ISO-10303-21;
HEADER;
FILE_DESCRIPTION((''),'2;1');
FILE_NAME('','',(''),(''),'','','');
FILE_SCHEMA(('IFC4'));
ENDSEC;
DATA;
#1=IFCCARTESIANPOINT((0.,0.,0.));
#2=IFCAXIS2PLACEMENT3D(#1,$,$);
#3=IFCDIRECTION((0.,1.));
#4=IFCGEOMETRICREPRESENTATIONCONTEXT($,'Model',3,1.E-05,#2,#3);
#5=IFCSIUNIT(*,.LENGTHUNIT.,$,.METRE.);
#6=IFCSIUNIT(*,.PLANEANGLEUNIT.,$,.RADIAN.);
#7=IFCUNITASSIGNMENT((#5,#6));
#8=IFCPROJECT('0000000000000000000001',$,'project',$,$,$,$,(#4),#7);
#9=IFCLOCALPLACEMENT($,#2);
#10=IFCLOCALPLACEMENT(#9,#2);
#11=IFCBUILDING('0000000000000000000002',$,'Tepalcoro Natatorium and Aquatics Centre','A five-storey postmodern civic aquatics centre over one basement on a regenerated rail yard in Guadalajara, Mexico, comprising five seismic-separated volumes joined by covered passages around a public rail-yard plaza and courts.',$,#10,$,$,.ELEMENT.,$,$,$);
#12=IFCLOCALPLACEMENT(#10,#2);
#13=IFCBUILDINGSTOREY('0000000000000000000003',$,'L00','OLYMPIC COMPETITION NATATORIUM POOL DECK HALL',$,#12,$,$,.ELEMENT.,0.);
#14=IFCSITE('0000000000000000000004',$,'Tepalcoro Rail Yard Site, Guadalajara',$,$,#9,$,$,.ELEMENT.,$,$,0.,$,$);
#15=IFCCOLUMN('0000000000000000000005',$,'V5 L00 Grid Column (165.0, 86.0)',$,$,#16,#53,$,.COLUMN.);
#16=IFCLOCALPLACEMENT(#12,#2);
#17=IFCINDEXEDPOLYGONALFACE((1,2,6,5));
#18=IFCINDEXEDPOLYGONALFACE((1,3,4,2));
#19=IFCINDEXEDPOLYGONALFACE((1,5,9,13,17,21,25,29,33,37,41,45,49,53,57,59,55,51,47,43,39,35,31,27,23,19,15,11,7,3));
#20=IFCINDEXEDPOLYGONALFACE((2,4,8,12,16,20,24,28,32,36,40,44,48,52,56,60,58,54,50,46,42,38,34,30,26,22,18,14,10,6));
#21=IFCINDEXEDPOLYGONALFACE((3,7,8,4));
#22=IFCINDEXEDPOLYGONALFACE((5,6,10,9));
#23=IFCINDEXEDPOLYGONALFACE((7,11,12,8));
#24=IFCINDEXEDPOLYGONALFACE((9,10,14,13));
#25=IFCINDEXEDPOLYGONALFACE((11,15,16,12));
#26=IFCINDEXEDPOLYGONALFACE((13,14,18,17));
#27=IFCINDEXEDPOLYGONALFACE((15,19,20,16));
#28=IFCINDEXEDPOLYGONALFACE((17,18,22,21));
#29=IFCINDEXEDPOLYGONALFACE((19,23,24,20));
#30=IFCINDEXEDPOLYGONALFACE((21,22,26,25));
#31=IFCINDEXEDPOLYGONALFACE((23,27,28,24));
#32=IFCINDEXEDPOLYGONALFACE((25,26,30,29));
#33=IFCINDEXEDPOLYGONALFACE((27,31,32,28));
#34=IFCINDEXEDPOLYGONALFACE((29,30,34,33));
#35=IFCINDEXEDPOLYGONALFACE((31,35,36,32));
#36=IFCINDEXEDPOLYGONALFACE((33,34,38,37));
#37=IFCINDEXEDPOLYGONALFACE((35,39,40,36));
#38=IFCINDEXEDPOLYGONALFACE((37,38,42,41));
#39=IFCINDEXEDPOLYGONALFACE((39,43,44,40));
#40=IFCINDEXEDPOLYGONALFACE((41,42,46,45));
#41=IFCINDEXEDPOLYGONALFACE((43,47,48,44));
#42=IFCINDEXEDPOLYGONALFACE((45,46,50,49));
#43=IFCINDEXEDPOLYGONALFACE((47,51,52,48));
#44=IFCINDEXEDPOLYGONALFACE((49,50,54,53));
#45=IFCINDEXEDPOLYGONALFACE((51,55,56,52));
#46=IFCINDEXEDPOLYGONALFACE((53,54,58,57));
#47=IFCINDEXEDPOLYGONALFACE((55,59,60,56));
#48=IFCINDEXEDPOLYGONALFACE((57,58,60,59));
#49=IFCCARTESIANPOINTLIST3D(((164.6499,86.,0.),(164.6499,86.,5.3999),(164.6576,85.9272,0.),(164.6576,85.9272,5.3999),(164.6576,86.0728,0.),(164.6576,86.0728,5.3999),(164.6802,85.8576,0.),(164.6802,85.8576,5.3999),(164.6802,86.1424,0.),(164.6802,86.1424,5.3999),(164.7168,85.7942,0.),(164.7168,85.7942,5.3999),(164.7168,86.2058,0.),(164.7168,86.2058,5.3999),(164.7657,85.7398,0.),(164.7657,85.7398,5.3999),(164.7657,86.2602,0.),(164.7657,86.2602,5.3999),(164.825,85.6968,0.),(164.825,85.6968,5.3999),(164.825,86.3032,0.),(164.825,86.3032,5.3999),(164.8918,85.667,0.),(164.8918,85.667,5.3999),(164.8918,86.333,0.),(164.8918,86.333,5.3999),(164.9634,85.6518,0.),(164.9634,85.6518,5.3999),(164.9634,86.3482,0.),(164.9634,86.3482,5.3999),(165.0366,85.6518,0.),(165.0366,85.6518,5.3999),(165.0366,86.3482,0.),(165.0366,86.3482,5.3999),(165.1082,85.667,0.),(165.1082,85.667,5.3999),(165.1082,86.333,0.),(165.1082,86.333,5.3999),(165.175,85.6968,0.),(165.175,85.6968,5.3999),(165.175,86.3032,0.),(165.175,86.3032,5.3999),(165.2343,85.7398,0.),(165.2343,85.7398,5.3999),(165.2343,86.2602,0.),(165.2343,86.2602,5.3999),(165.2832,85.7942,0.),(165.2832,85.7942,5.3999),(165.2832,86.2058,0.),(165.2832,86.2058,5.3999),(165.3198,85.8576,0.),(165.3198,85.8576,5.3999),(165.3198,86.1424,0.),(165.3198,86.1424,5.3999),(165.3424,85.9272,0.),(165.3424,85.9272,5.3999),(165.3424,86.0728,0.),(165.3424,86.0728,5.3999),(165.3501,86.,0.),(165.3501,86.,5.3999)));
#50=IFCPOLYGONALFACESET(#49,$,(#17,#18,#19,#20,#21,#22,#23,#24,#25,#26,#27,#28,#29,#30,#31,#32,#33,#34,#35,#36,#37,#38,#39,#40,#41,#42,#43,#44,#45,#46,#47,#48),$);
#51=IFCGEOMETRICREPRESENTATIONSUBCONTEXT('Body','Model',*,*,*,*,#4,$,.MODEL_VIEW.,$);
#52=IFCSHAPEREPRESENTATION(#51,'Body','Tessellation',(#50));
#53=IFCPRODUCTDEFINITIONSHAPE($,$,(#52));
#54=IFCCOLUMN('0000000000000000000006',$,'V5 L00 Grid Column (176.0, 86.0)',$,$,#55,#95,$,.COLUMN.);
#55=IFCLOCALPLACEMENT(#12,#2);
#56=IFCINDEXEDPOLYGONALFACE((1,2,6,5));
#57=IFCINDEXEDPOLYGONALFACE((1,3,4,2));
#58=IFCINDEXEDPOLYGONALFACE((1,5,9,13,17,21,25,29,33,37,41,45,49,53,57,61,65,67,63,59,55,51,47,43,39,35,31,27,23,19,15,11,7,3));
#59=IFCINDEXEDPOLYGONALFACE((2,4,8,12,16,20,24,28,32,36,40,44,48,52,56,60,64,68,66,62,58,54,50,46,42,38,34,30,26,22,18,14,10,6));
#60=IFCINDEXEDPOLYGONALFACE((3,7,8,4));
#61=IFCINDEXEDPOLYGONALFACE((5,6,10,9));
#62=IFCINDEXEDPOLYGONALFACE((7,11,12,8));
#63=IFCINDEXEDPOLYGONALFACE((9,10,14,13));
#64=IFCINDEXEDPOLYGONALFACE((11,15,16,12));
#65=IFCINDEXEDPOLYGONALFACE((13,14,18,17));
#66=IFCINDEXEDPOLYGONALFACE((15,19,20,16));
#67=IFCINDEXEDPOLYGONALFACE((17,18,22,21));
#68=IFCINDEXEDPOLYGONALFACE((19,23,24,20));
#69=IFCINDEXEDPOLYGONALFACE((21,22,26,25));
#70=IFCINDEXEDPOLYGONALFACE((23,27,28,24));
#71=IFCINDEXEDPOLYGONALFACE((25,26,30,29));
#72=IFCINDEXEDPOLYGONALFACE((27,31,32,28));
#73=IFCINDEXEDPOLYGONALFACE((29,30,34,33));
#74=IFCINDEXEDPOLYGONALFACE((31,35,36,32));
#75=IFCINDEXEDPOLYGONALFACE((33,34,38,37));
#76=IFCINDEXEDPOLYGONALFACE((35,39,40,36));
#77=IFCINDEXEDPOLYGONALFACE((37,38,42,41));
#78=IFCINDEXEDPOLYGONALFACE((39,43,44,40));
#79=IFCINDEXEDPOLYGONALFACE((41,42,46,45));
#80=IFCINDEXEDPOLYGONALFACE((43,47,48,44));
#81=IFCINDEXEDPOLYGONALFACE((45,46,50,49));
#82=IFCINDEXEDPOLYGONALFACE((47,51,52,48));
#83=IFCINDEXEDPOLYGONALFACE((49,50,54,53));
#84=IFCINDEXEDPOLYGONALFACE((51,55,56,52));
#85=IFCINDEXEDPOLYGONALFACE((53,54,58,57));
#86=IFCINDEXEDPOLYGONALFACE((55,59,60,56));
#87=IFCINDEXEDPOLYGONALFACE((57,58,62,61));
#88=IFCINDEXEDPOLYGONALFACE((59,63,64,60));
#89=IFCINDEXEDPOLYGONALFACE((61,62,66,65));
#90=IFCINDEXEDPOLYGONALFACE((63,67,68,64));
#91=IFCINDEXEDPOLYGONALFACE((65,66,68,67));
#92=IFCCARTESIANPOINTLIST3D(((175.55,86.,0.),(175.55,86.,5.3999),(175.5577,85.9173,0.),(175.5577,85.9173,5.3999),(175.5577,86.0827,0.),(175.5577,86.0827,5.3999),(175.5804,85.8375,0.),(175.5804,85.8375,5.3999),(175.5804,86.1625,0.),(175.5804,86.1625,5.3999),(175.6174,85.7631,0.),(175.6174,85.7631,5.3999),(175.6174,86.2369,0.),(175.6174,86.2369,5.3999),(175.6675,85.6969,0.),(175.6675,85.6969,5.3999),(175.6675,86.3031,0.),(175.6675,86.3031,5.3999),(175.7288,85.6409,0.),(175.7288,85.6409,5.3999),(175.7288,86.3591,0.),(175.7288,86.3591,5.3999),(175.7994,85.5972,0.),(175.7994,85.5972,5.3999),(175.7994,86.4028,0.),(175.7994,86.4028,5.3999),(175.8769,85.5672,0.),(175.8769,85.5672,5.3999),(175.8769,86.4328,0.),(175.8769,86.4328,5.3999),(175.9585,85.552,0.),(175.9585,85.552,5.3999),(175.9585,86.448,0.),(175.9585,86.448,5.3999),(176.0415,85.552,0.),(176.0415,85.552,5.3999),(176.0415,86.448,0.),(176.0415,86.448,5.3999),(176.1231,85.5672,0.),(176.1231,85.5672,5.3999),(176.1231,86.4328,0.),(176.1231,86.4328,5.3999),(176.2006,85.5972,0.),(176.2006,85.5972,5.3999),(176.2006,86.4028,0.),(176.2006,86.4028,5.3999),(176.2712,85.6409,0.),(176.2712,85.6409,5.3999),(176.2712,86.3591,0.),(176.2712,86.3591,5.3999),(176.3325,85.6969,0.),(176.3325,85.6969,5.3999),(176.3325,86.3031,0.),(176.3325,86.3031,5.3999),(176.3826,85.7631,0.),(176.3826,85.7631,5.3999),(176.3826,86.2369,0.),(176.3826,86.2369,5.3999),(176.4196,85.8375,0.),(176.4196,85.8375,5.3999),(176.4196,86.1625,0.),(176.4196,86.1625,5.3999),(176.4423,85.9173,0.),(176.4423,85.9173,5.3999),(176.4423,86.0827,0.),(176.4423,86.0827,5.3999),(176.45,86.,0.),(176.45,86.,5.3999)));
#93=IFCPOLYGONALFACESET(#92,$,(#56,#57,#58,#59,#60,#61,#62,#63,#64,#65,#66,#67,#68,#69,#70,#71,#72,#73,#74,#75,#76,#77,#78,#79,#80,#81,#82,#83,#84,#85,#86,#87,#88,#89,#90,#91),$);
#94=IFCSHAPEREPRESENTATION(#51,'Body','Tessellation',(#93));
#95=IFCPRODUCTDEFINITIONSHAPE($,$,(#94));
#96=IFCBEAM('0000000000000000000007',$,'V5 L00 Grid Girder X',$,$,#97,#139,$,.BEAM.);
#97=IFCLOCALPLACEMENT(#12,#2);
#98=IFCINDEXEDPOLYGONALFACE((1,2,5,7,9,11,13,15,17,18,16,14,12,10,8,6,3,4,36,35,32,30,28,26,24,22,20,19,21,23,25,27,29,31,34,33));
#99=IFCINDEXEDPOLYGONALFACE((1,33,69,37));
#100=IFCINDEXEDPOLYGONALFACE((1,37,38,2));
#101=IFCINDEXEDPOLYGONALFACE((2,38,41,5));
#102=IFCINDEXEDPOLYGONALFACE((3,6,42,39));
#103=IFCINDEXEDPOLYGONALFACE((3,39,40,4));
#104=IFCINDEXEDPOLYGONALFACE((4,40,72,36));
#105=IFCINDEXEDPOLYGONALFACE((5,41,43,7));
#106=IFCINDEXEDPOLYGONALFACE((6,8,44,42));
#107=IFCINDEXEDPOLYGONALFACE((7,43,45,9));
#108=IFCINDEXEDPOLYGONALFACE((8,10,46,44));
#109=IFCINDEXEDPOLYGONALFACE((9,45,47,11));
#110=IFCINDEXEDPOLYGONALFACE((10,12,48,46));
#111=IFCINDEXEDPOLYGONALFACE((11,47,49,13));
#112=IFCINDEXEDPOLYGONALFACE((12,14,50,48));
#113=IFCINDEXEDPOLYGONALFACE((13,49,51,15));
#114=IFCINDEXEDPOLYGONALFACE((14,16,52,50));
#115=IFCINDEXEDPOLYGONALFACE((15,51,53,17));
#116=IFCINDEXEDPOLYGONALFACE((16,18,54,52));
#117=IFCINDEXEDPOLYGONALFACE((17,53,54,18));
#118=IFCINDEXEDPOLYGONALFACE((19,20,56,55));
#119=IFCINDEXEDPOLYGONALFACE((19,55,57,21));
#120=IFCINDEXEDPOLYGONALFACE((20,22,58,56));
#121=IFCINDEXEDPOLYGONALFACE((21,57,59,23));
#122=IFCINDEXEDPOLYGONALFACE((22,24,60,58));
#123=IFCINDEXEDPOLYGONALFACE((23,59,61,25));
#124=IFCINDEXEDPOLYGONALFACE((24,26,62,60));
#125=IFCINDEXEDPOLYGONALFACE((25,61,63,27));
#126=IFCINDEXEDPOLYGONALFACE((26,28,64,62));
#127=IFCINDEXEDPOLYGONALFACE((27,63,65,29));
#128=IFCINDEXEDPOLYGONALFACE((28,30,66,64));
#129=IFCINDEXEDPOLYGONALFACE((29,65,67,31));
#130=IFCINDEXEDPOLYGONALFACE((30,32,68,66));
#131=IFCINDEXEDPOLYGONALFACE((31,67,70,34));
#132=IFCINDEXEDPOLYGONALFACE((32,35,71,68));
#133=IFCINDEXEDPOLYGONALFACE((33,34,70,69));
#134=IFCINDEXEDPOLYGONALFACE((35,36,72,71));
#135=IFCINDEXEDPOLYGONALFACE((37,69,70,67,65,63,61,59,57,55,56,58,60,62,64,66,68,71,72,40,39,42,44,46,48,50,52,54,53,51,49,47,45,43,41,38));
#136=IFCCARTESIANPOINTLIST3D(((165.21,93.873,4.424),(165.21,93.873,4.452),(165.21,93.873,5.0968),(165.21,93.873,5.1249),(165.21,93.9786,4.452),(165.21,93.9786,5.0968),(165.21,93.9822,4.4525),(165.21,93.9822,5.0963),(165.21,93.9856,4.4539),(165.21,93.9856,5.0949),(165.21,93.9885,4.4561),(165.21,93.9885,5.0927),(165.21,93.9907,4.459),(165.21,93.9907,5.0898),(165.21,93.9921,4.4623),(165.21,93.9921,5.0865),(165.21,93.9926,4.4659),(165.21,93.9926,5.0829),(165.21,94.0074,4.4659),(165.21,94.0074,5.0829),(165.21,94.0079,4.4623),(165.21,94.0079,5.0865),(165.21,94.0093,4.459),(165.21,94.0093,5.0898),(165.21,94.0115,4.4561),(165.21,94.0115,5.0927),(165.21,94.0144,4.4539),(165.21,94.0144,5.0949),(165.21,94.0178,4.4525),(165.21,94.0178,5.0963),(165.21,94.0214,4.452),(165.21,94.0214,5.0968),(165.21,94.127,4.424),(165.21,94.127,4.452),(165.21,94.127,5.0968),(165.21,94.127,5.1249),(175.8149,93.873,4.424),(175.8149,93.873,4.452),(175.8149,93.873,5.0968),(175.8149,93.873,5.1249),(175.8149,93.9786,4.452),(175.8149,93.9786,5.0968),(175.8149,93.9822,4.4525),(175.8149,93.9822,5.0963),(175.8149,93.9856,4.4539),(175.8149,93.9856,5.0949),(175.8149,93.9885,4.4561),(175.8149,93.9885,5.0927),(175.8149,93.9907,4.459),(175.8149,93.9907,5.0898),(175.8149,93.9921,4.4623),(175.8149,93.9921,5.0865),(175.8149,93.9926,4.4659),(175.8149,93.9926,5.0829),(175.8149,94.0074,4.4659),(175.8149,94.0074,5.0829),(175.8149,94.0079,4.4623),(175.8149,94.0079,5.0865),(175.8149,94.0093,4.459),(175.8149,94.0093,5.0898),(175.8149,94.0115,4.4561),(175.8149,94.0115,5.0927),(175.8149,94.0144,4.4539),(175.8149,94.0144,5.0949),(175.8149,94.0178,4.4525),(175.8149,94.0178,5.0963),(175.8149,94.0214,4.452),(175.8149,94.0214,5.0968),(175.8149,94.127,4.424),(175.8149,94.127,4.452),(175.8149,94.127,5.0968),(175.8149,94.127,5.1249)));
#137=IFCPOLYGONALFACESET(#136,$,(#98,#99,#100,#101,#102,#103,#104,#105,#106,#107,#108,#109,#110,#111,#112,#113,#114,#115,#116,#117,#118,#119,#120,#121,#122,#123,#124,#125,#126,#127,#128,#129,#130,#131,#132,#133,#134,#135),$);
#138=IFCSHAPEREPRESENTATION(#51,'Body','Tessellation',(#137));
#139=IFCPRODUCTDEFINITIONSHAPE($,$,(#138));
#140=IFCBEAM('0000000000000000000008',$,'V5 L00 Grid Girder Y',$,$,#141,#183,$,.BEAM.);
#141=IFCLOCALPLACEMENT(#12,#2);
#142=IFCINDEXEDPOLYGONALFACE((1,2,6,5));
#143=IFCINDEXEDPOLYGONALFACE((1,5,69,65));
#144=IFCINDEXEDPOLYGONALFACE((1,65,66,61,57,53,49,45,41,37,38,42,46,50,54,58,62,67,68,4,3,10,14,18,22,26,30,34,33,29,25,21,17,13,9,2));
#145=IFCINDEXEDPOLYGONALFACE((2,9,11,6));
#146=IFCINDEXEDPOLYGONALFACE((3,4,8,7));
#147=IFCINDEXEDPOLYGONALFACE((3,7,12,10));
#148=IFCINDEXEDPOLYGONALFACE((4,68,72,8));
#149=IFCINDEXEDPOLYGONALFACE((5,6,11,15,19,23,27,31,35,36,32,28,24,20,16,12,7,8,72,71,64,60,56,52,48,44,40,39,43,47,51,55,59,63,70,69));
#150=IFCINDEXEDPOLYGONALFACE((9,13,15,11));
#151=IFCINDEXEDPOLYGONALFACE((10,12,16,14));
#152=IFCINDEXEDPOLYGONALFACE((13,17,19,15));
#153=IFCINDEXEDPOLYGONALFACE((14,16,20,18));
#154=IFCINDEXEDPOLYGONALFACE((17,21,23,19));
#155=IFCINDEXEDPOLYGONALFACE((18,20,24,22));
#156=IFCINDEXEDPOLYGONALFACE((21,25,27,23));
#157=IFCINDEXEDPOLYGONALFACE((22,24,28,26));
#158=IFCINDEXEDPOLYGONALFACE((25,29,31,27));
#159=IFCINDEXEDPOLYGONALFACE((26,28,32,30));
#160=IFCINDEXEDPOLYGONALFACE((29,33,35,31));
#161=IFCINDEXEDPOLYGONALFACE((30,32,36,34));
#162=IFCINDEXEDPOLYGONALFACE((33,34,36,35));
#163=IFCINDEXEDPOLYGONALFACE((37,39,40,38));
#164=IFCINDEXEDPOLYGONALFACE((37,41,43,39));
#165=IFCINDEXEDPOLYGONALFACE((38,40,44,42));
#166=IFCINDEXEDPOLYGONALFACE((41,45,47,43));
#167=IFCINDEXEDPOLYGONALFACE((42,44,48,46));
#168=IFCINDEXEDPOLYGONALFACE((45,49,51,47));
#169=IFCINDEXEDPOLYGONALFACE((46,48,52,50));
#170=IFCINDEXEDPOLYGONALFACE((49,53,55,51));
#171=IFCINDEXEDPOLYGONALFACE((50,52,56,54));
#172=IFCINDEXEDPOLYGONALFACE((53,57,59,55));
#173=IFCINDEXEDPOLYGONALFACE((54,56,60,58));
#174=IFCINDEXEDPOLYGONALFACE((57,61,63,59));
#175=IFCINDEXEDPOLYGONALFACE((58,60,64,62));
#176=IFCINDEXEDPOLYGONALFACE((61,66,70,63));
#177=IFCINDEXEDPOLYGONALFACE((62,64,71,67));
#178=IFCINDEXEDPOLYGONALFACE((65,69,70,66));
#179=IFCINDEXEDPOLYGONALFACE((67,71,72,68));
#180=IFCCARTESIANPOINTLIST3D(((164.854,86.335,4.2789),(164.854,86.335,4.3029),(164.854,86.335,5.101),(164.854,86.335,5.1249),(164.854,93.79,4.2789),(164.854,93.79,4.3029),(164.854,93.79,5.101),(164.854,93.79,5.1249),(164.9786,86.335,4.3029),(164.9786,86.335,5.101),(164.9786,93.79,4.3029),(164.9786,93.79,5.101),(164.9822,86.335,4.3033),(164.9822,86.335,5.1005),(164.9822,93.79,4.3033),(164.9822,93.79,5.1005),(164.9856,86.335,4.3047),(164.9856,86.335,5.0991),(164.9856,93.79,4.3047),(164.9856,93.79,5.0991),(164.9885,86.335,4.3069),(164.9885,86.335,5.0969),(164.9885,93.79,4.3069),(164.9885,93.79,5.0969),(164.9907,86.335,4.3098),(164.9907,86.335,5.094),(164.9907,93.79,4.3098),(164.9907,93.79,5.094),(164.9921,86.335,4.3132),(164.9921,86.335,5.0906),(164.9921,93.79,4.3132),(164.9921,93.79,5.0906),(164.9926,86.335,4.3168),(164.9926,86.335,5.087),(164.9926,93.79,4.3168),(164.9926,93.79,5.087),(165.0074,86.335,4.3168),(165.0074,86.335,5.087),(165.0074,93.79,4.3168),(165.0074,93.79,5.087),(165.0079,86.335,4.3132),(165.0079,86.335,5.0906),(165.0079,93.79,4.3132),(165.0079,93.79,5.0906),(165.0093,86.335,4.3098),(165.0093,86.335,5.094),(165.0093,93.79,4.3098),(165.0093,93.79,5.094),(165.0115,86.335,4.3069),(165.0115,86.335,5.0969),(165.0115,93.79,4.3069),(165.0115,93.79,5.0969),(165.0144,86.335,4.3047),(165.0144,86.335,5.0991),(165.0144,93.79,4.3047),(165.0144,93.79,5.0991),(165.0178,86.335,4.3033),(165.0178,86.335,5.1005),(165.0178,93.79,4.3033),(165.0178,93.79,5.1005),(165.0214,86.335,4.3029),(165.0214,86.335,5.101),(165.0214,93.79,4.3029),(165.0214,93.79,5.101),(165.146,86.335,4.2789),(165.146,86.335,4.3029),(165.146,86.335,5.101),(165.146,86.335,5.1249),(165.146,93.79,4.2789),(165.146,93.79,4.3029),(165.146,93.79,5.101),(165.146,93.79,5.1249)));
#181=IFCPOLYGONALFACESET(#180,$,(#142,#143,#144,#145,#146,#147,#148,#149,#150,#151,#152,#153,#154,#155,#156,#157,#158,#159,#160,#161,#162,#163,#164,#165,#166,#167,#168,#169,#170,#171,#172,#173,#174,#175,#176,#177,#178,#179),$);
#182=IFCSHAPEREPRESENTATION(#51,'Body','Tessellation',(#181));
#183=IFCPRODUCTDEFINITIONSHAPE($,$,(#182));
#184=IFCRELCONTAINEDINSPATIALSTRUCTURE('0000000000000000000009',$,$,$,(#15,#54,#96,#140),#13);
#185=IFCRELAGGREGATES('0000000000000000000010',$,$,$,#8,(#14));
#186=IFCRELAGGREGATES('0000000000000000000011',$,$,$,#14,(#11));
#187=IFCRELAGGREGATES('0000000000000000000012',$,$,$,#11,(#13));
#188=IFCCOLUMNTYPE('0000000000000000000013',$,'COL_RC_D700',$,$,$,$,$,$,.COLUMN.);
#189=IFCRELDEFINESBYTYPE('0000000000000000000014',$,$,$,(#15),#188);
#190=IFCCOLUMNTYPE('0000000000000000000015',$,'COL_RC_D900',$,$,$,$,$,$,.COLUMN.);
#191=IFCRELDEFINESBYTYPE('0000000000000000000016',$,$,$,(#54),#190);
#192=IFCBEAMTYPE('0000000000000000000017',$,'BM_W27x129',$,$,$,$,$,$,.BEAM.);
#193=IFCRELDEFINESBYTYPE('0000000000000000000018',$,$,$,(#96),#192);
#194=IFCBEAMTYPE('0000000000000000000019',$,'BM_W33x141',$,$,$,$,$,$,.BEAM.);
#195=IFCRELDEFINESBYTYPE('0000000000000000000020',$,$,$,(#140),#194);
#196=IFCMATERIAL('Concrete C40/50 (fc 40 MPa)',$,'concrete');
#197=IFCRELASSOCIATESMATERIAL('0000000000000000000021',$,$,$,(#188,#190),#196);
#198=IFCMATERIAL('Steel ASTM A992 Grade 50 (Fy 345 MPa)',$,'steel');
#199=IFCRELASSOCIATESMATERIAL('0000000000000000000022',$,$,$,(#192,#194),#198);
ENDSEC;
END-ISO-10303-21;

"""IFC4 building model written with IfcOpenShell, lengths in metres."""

from ifc_helpers import new_model, si_unit, direction, frame, origin, origin_2d, place, context, subcontext, project, spatial, circle, i_section, extrude, material, material_profile, profile_set, type_object, element, save


model = new_model("IFC4")

# Units and contexts
model_context = context("Model", 3, precision=1e-05, world=origin(), true_north=direction((0.0, 1.0)))
body_context = subcontext(model_context, "Body", "Model", "MODEL_VIEW")
ifc_project = project(units=[si_unit("LENGTHUNIT", "METRE"), si_unit("PLANEANGLEUNIT", "RADIAN")], contexts=[model_context])

# Site, building, storey
site_placement = place(None, origin())
site = spatial("IfcSite", under=ifc_project, at=site_placement, Name="Tepalcoro Rail Yard Site, Guadalajara", CompositionType="ELEMENT", RefElevation=0.0)
building_placement = place(site_placement, origin())
building = spatial("IfcBuilding", under=site, at=building_placement, Name="Tepalcoro Natatorium and Aquatics Centre", Description="A five-storey postmodern civic aquatics centre over one basement on a regenerated rail yard in Guadalajara, Mexico, comprising five seismic-separated volumes joined by covered passages around a public rail-yard plaza and courts.", CompositionType="ELEMENT")
storey_placement = place(building_placement, origin())
storey = spatial("IfcBuildingStorey", under=building, at=storey_placement, Name="L00", Description="OLYMPIC COMPETITION NATATORIUM POOL DECK HALL", CompositionType="ELEMENT", Elevation=0.0)

# Shared definitions
ifc_material_1 = material(Name="Concrete C40/50 (fc 40 MPa)", Category="concrete")

# Columns
ifc_material_profile_1 = material_profile(ifc_material_1, circle(Radius=0.3501, at=origin_2d()), Name="RCD700")
ifc_profile_set_1 = profile_set([ifc_material_profile_1], Name="Concrete C40/50 (fc 40 MPa)")
column_type_1 = type_object("IfcColumnType", Name="COL_RC_D700", PredefinedType="COLUMN", material=ifc_profile_set_1)
column_1_placement = place(storey_placement, frame((165.0, 86.0, 0.0), z_axis=(0.0, 0.0, 1.0), x_axis=(1.0, 0.0, 0.0)))
element("IfcColumn", 1, at=column_1_placement, inside=storey, type_object=column_type_1, Name="V5 L00 Grid Column (165.0, 86.0)", PredefinedType="COLUMN", context=body_context, shape_type="SweptSolid", body=[
    extrude(circle(Radius=0.3501, at=origin_2d()), origin(), (0.0, 0.0, 1.0), 5.3999),
])
ifc_material_profile_2 = material_profile(ifc_material_1, circle(Radius=0.45, at=origin_2d()), Name="RCD900")
ifc_profile_set_2 = profile_set([ifc_material_profile_2], Name="Concrete C40/50 (fc 40 MPa)")
column_type_2 = type_object("IfcColumnType", Name="COL_RC_D900", PredefinedType="COLUMN", material=ifc_profile_set_2)
column_2_placement = place(storey_placement, frame((176.0, 86.0, 0.0), z_axis=(0.0, 0.0, 1.0), x_axis=(1.0, 0.0, 0.0)))
element("IfcColumn", 2, at=column_2_placement, inside=storey, type_object=column_type_2, Name="V5 L00 Grid Column (176.0, 86.0)", PredefinedType="COLUMN", context=body_context, shape_type="SweptSolid", body=[
    extrude(circle(Radius=0.45, at=origin_2d()), origin(), (0.0, 0.0, 1.0), 5.3999),
])

# Beams
ifc_material_2 = material(Name="Steel ASTM A992 Grade 50 (Fy 345 MPa)", Category="steel")
ifc_material_profile_3 = material_profile(ifc_material_2, i_section(OverallWidth=0.2539, OverallDepth=0.7009, WebThickness=0.0149, FlangeThickness=0.0281, FilletRadius=0.0139, at=origin_2d()), Name="W27X129")
ifc_profile_set_3 = profile_set([ifc_material_profile_3], Name="Steel ASTM A992 Grade 50 (Fy 345 MPa)")
beam_type_1 = type_object("IfcBeamType", Name="BM_W27x129", PredefinedType="BEAM", material=ifc_profile_set_3)
beam_1_placement = place(storey_placement, frame((165.21, 94.0, 4.7744), z_axis=(1.0, 0.0, 0.0), x_axis=(0.0, 1.0, 0.0)))
element("IfcBeam", 3, at=beam_1_placement, inside=storey, type_object=beam_type_1, Name="V5 L00 Grid Girder X", PredefinedType="BEAM", context=body_context, shape_type="SweptSolid", body=[
    extrude(i_section(OverallWidth=0.2539, OverallDepth=0.7009, WebThickness=0.0149, FlangeThickness=0.0281, FilletRadius=0.0139, at=origin_2d()), origin(), (0.0, 0.0, 1.0), 10.605),
])
ifc_material_profile_4 = material_profile(ifc_material_2, i_section(OverallWidth=0.292, OverallDepth=0.8459, WebThickness=0.0149, FlangeThickness=0.0239, FilletRadius=0.0139, at=origin_2d()), Name="W33X141")
ifc_profile_set_4 = profile_set([ifc_material_profile_4], Name="Steel ASTM A992 Grade 50 (Fy 345 MPa)")
beam_type_2 = type_object("IfcBeamType", Name="BM_W33x141", PredefinedType="BEAM", material=ifc_profile_set_4)
beam_2_placement = place(storey_placement, frame((165.0, 86.335, 4.7019), z_axis=(0.0, 1.0, 0.0), x_axis=(-1.0, 0.0, 0.0)))
element("IfcBeam", 4, at=beam_2_placement, inside=storey, type_object=beam_type_2, Name="V5 L00 Grid Girder Y", PredefinedType="BEAM", context=body_context, shape_type="SweptSolid", body=[
    extrude(i_section(OverallWidth=0.292, OverallDepth=0.8459, WebThickness=0.0149, FlangeThickness=0.0239, FilletRadius=0.0139, at=origin_2d()), origin(), (0.0, 0.0, 1.0), 7.4551),
])

save(model, "model.ifc")
